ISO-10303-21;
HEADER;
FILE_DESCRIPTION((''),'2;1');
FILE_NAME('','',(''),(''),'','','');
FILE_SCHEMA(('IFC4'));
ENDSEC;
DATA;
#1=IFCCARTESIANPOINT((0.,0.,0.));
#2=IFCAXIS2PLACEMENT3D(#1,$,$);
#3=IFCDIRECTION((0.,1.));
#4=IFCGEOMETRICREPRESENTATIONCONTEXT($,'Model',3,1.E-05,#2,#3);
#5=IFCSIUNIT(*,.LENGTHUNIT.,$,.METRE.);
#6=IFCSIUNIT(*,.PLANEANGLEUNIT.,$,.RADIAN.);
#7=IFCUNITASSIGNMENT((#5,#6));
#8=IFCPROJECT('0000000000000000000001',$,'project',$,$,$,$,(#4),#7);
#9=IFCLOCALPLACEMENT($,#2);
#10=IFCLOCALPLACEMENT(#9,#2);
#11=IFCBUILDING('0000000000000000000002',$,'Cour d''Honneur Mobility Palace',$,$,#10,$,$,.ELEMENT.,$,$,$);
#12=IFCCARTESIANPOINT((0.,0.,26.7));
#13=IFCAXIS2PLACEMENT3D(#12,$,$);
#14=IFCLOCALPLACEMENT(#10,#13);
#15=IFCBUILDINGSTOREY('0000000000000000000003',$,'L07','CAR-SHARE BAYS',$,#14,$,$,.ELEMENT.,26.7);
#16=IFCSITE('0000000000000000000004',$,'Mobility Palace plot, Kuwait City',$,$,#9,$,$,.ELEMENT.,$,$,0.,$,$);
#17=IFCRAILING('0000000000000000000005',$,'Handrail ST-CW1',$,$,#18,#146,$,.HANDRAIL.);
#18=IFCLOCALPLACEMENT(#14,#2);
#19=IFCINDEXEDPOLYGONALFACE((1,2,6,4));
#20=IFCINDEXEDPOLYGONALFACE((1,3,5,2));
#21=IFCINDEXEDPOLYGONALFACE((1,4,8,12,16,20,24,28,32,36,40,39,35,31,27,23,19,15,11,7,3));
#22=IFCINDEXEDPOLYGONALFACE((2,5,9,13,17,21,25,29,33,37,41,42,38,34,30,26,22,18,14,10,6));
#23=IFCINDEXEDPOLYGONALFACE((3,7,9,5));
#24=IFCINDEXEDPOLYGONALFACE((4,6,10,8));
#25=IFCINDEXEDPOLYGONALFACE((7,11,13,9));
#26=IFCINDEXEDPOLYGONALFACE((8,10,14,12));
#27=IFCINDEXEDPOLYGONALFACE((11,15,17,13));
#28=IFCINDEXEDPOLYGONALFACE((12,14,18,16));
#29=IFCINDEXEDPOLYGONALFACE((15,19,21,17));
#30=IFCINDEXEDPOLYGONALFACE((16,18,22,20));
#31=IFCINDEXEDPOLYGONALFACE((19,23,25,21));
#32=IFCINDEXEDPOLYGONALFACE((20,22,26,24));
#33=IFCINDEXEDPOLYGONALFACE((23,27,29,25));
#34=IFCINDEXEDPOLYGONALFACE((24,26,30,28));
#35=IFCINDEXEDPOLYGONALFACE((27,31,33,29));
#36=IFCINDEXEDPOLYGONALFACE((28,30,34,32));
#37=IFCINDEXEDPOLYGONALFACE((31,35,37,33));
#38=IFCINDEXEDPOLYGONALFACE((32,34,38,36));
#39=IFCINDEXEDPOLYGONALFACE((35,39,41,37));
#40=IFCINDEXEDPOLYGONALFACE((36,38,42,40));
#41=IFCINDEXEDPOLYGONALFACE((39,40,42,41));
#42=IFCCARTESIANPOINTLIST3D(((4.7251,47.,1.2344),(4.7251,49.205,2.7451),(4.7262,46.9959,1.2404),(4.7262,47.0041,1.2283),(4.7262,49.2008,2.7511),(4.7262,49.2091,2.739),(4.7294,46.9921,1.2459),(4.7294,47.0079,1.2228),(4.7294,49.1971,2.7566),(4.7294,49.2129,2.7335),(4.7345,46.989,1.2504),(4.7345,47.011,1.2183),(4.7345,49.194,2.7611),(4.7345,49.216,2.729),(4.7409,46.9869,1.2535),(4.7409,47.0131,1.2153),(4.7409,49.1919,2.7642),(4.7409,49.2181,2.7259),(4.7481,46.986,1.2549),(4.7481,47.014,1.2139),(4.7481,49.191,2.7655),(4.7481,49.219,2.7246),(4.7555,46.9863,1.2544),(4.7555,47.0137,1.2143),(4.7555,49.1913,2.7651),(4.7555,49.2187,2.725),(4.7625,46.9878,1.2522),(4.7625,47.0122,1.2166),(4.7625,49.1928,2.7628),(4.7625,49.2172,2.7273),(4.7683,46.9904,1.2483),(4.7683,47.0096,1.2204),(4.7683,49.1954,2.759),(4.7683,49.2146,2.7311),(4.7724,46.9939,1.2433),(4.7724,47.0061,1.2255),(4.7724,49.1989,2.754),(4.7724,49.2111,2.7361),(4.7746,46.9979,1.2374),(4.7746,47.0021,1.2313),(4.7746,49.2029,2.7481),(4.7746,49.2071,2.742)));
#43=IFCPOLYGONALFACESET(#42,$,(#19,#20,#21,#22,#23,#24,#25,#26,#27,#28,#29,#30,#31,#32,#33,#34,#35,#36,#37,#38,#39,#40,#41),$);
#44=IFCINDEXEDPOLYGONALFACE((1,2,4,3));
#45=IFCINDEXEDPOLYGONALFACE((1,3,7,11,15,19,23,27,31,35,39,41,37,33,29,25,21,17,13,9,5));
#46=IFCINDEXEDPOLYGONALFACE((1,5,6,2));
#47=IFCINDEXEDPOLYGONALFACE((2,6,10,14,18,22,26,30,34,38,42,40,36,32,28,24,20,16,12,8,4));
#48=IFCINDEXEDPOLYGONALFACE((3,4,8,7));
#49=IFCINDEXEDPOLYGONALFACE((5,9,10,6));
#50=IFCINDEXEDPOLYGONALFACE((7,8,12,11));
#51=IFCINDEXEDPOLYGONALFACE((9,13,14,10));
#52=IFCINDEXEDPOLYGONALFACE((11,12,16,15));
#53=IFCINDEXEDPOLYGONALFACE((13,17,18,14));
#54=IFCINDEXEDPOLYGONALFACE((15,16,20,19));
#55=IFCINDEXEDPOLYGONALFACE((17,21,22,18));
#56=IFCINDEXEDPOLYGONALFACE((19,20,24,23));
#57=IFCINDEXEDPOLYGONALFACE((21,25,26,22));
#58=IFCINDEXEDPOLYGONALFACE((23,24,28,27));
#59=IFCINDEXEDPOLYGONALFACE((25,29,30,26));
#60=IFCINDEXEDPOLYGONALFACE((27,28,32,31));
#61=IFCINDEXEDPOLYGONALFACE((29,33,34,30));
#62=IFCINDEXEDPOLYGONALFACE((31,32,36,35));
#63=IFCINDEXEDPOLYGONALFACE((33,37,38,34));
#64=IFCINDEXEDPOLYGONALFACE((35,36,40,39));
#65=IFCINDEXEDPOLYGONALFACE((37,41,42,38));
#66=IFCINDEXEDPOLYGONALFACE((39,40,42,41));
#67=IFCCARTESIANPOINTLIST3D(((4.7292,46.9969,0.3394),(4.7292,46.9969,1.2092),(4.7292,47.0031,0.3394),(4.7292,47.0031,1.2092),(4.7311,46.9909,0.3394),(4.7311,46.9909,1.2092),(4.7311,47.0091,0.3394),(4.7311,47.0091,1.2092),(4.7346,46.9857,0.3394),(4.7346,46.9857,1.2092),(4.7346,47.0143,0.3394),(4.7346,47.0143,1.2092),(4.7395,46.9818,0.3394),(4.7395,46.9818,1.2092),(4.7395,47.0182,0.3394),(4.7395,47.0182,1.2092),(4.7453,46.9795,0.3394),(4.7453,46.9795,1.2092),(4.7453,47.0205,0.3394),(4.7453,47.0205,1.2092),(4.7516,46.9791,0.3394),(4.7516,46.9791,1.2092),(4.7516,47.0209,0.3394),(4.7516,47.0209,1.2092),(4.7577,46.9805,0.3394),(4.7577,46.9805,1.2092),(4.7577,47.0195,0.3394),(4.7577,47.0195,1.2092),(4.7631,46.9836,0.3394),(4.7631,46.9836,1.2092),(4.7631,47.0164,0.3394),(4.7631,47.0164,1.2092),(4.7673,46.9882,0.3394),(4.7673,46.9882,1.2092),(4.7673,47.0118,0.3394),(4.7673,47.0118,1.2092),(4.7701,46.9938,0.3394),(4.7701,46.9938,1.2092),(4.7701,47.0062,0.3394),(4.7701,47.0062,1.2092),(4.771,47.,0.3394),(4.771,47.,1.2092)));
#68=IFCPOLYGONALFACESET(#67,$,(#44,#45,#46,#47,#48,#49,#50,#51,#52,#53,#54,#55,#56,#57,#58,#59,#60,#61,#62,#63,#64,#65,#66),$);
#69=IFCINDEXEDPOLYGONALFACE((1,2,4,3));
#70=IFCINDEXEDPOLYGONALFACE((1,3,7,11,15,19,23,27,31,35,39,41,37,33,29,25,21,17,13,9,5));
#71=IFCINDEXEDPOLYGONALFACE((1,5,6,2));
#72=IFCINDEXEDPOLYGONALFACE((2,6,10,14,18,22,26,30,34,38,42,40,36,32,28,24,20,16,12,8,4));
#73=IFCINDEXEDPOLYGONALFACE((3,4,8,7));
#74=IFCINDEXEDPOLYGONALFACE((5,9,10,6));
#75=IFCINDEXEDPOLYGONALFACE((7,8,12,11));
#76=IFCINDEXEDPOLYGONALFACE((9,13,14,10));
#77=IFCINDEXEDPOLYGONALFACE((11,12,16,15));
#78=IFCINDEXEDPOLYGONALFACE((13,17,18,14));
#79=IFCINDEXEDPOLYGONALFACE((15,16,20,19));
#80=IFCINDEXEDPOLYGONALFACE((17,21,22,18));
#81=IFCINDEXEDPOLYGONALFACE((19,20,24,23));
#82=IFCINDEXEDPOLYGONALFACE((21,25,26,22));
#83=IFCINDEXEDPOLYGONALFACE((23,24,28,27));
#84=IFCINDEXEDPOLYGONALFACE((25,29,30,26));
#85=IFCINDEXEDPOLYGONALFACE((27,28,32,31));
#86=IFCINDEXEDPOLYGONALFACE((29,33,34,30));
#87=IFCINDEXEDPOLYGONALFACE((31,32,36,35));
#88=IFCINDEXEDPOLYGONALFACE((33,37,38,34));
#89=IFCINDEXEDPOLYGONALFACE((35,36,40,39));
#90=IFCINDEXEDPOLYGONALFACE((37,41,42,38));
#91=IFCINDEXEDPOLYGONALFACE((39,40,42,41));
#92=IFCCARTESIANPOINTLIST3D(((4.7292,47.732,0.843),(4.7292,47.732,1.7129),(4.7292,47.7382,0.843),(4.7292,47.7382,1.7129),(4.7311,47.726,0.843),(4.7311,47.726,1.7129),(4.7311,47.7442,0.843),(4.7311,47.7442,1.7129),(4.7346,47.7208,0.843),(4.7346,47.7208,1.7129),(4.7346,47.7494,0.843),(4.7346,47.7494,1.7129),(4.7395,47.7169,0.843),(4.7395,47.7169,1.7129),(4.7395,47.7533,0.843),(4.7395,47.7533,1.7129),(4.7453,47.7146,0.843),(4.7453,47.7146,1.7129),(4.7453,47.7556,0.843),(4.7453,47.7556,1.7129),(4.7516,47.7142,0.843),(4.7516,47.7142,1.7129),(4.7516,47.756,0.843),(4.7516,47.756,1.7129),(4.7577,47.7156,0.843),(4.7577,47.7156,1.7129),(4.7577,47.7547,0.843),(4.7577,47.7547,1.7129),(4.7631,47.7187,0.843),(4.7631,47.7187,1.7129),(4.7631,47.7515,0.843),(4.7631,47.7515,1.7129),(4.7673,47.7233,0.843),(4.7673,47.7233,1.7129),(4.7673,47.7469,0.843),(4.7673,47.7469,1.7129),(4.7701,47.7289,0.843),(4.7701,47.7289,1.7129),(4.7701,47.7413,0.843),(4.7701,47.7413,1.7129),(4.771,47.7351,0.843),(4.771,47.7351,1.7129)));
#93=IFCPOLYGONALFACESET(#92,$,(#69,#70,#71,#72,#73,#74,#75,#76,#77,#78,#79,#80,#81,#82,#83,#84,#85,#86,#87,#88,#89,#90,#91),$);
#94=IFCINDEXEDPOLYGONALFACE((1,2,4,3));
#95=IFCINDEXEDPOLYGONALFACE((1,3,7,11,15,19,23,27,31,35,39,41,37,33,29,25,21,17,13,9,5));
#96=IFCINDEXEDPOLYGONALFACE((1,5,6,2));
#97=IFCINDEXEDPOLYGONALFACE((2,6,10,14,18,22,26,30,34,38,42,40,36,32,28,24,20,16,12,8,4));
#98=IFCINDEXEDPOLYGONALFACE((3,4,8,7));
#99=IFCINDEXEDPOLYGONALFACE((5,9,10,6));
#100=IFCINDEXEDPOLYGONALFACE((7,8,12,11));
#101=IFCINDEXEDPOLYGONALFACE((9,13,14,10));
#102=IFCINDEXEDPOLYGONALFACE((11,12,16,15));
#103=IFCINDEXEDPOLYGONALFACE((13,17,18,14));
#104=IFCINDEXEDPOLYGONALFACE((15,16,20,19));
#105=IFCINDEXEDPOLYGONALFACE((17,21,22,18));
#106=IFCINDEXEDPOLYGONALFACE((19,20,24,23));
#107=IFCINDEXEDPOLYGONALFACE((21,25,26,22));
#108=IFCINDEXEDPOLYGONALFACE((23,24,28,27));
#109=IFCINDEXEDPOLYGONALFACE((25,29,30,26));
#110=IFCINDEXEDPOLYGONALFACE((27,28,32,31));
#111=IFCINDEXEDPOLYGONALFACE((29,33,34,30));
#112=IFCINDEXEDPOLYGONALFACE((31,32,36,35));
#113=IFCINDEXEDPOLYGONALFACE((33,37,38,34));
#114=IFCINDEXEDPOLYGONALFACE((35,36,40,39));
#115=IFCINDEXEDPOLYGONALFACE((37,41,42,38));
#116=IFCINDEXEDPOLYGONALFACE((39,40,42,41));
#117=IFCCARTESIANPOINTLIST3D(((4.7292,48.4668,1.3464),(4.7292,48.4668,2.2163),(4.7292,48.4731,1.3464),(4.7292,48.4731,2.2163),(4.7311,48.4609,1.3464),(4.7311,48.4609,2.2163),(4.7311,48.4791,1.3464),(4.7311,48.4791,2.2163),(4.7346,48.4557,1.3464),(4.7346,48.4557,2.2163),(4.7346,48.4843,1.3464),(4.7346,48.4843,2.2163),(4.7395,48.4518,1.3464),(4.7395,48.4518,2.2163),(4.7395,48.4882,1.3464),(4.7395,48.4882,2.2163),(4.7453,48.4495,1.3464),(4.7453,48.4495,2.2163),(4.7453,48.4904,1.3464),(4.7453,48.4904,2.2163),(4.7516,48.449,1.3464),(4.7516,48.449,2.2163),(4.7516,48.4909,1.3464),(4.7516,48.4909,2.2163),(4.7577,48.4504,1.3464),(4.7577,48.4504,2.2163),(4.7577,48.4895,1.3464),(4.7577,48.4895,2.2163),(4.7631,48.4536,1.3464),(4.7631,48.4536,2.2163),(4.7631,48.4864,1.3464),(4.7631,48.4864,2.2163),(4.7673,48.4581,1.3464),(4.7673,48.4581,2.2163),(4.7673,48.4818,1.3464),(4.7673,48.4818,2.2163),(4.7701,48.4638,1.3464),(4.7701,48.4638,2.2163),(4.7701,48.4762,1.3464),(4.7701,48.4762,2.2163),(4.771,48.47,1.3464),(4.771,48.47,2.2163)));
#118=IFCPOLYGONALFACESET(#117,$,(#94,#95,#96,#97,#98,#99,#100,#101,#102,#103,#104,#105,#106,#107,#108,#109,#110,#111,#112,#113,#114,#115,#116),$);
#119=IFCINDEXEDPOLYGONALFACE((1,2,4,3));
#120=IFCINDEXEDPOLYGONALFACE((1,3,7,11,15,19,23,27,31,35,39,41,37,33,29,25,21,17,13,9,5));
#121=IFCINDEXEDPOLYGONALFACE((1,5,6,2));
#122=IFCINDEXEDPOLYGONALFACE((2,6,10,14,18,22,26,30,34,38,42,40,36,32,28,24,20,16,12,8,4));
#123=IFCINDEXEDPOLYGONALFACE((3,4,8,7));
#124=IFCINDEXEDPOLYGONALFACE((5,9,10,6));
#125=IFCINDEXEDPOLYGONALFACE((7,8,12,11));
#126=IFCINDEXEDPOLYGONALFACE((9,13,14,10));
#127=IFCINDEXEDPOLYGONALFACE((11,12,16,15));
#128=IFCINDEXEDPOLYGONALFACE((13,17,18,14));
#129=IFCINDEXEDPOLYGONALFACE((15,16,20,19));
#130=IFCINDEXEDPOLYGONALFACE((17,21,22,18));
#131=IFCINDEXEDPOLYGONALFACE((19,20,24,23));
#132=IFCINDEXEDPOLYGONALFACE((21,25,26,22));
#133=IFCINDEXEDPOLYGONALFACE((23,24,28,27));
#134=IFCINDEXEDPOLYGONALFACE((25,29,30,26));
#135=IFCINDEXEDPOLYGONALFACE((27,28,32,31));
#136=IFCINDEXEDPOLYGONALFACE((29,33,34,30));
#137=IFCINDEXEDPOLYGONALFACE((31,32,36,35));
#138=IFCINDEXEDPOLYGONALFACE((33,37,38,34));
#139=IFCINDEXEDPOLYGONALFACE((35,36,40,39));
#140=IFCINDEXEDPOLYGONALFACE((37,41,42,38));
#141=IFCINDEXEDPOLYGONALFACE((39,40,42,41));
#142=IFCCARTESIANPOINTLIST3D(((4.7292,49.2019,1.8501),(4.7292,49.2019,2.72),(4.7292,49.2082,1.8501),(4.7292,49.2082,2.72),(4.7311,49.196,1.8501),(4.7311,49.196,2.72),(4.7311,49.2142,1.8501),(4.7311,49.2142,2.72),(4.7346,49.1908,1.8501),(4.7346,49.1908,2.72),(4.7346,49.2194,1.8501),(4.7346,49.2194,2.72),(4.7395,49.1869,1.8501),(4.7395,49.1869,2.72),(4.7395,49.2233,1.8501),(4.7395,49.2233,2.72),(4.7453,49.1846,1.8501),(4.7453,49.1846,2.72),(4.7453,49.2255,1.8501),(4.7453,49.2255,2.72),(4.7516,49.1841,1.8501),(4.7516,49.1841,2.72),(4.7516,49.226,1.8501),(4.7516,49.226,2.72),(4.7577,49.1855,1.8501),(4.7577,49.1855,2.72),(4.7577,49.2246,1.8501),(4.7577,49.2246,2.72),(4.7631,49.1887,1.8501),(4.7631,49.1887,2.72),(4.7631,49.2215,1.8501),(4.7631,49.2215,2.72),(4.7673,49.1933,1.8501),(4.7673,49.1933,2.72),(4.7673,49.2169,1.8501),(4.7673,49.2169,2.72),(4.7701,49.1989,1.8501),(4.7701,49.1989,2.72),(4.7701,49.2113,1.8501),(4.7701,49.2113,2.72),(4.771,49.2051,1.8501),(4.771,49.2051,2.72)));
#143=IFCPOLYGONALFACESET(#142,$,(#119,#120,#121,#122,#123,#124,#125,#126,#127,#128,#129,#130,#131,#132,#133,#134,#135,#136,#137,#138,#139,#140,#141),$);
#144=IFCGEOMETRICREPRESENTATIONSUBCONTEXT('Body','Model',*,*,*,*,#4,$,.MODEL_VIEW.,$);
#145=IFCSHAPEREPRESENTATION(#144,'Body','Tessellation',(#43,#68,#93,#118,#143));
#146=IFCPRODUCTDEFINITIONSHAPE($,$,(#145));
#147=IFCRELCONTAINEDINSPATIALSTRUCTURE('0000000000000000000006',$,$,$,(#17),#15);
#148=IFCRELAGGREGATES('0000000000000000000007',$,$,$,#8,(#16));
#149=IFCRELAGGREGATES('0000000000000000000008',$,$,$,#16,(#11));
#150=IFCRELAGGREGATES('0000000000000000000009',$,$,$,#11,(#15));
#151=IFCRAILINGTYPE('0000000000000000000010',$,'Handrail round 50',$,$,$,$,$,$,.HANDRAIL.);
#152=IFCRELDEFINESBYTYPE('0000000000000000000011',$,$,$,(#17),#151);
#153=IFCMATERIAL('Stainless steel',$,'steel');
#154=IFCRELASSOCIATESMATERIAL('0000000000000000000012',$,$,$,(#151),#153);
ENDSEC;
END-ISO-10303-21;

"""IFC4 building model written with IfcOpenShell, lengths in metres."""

from ifc_helpers import new_model, si_unit, direction, frame, origin, origin_2d, place, context, subcontext, project, spatial, circle, extrude, material, type_object, element, save


model = new_model("IFC4")

# Units and contexts
model_context = context("Model", 3, precision=1e-05, world=origin(), true_north=direction((0.0, 1.0)))
body_context = subcontext(model_context, "Body", "Model", "MODEL_VIEW")
ifc_project = project(units=[si_unit("LENGTHUNIT", "METRE"), si_unit("PLANEANGLEUNIT", "RADIAN")], contexts=[model_context])

# Site, building, storey
site_placement = place(None, origin())
site = spatial("IfcSite", under=ifc_project, at=site_placement, Name="Mobility Palace plot, Kuwait City", CompositionType="ELEMENT", RefElevation=0.0)
building_placement = place(site_placement, origin())
building = spatial("IfcBuilding", under=site, at=building_placement, Name="Cour d'Honneur Mobility Palace", CompositionType="ELEMENT")
storey_placement = place(building_placement, frame((0.0, 0.0, 26.7)))
storey = spatial("IfcBuildingStorey", under=building, at=storey_placement, Name="L07", Description="CAR-SHARE BAYS", CompositionType="ELEMENT", Elevation=26.7)

# Railing
ifc_material_1 = material(Name="Stainless steel", Category="steel")
railing_type_1 = type_object("IfcRailingType", Name="Handrail round 50", PredefinedType="HANDRAIL", material=ifc_material_1)
railing_1_placement = place(storey_placement, frame((4.75, 47.0, 0.3394)))
element("IfcRailing", 1, at=railing_1_placement, inside=storey, type_object=railing_type_1, Name="Handrail ST-CW1", PredefinedType="HANDRAIL", context=body_context, shape_type="SweptSolid", body=[
    extrude(circle(Radius=0.0249, at=origin_2d()), frame((0.0, 0.0, 0.895), z_axis=(0.0, 0.824958, 0.565195), x_axis=(-1.0, 0.0, 0.0)), (0.0, 0.0, 1.0), 2.6729),
    extrude(circle(Radius=0.021, at=origin_2d()), origin(), (0.0, 0.0, 1.0), 0.8699),
    extrude(circle(Radius=0.021, at=origin_2d()), frame((0.0, 0.7351, 0.5037)), (0.0, 0.0, 1.0), 0.8699),
    extrude(circle(Radius=0.021, at=origin_2d()), frame((0.0, 1.47, 1.0071)), (0.0, 0.0, 1.0), 0.8699),
    extrude(circle(Radius=0.021, at=origin_2d()), frame((0.0, 2.2051, 1.5107)), (0.0, 0.0, 1.0), 0.8699),
])

save(model, "model.ifc")
